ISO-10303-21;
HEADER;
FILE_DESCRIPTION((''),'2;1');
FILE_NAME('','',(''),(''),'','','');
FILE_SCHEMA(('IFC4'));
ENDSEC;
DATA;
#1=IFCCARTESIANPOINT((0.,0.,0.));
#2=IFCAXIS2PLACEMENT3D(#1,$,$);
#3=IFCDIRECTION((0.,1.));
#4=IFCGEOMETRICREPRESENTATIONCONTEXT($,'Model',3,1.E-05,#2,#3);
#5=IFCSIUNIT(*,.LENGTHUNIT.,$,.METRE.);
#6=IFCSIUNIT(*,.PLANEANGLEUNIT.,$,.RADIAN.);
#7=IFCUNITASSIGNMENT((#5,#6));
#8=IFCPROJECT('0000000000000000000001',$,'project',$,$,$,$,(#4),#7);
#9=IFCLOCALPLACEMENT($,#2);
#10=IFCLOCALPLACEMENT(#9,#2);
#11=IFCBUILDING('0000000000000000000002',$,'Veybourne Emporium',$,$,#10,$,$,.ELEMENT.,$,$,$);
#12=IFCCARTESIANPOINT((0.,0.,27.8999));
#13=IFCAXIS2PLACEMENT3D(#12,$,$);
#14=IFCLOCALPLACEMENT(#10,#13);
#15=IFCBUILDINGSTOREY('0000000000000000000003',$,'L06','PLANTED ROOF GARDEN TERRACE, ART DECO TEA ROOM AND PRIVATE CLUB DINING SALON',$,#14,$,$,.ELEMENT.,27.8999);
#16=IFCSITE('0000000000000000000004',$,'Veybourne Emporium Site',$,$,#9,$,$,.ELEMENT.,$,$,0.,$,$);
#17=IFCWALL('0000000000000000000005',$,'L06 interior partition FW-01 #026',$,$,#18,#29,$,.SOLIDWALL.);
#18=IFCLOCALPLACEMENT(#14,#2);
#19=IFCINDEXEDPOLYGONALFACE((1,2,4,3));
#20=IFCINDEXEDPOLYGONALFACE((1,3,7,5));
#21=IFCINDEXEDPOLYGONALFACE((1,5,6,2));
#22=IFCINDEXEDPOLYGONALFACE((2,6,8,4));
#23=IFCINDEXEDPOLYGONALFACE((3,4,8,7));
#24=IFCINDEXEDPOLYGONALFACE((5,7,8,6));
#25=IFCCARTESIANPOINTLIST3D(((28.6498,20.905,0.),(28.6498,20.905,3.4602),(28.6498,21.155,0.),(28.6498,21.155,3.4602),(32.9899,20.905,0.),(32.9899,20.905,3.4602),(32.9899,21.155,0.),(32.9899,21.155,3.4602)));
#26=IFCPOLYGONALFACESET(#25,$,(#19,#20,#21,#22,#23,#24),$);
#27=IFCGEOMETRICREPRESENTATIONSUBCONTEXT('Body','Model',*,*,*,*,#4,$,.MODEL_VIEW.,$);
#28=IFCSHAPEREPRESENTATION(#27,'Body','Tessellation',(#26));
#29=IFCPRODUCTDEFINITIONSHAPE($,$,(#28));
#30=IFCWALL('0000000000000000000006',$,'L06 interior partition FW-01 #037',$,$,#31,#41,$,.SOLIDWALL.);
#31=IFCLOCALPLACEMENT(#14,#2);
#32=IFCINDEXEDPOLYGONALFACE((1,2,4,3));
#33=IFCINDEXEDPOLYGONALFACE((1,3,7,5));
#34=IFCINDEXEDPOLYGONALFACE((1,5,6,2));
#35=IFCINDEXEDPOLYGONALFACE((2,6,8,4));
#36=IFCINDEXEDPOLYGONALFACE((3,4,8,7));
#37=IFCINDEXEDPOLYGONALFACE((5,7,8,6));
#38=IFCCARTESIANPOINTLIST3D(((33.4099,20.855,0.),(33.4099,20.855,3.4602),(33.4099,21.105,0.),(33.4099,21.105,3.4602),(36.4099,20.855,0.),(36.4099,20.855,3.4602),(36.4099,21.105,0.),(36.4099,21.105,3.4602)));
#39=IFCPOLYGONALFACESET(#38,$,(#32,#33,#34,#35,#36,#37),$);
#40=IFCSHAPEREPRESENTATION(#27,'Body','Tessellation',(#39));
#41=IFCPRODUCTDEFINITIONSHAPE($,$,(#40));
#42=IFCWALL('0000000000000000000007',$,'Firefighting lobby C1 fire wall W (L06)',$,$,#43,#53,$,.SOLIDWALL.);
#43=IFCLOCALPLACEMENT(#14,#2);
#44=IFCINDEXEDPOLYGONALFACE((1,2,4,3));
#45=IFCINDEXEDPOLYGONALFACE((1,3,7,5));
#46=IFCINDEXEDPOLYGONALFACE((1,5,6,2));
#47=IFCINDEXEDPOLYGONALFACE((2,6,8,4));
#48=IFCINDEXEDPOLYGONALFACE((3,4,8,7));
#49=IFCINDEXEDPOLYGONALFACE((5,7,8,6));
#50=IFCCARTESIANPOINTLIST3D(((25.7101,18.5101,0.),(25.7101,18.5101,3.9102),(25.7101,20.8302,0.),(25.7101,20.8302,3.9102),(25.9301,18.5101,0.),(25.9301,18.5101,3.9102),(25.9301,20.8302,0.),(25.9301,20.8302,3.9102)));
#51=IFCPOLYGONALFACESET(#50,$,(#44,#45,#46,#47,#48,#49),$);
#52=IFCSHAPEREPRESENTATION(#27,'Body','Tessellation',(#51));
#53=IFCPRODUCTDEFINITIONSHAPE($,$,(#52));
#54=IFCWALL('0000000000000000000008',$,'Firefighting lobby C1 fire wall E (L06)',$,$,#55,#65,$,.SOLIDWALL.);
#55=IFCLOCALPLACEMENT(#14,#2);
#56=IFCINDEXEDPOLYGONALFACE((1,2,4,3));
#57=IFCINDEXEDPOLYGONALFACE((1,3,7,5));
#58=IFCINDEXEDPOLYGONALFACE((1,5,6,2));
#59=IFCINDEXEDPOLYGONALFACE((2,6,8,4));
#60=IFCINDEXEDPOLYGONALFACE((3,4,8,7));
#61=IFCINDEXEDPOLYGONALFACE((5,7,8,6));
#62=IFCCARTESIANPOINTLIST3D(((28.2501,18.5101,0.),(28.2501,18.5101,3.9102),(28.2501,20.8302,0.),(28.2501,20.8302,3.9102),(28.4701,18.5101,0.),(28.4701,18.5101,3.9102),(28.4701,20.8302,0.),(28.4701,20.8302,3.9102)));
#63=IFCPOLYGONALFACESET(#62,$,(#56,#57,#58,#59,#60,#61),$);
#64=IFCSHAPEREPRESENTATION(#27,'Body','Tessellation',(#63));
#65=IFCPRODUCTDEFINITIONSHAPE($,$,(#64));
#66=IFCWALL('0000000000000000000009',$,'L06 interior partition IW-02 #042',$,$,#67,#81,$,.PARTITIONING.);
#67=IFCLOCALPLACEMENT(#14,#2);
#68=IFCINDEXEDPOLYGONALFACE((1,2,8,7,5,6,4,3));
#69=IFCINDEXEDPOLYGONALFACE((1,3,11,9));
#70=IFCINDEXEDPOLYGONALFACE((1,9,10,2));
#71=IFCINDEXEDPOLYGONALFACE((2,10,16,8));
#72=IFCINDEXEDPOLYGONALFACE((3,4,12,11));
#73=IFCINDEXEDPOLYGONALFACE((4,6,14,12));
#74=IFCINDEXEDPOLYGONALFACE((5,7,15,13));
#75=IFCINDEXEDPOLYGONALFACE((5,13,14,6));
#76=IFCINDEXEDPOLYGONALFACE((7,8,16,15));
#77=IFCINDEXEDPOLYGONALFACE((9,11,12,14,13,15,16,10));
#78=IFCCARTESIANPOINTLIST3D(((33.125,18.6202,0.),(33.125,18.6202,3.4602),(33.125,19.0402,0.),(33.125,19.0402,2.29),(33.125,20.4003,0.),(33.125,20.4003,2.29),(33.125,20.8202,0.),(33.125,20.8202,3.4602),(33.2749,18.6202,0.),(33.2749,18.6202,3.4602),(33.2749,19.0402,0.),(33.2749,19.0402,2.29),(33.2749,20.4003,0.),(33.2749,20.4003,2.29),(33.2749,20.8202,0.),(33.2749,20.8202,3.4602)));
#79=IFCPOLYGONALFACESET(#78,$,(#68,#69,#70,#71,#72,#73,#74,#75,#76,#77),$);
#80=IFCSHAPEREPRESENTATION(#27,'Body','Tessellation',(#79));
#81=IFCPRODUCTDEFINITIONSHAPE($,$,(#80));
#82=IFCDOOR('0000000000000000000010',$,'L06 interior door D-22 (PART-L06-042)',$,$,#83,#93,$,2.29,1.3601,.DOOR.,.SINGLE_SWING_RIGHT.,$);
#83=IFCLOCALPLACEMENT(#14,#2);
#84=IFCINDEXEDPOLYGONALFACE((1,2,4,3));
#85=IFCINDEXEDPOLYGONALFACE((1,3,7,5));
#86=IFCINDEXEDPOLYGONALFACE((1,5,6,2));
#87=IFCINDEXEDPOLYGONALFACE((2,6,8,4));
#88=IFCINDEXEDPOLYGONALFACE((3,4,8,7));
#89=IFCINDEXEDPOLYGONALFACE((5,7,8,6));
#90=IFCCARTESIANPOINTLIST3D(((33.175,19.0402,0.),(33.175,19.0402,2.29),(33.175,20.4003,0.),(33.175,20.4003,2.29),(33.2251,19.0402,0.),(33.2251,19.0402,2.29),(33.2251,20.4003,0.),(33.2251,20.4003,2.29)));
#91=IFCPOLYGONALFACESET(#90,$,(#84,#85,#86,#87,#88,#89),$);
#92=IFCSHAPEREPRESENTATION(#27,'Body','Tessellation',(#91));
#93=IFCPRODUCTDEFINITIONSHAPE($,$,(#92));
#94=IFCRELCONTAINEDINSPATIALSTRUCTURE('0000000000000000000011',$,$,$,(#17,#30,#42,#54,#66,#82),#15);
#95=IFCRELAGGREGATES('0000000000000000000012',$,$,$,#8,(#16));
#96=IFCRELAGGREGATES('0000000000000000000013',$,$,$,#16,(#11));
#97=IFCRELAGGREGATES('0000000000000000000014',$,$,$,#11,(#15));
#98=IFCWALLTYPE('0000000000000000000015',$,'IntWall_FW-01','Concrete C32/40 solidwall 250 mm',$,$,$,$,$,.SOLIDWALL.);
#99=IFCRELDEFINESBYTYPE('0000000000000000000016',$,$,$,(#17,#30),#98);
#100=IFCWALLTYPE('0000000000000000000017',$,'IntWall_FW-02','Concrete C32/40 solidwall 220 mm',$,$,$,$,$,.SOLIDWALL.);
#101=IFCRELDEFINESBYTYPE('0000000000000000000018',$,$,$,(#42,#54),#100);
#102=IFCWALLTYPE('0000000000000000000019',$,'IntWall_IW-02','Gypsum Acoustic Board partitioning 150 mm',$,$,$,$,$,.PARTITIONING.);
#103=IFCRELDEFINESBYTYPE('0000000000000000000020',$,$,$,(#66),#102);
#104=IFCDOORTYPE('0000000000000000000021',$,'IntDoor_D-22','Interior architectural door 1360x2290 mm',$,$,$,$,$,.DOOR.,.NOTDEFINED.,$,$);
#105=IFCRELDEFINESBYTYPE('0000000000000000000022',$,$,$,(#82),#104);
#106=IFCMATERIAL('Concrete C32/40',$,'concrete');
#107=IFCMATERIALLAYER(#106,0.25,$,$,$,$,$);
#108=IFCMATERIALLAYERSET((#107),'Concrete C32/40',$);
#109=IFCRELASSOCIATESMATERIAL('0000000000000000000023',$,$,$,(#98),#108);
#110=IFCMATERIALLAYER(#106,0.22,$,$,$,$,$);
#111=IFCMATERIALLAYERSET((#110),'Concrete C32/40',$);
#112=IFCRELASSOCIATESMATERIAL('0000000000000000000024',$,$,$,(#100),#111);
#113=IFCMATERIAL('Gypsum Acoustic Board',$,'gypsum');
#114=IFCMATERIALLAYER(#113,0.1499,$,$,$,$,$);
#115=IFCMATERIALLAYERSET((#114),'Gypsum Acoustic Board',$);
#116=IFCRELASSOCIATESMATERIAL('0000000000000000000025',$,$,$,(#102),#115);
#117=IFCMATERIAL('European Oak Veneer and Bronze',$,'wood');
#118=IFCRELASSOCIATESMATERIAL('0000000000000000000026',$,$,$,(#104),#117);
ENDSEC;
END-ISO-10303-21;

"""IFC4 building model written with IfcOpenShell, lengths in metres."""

from ifc_helpers import new_model, si_unit, direction, frame, frame_2d, origin, place, context, subcontext, project, spatial, rectangle, extrude, material, layer, layer_set, type_object, element, fill, save


model = new_model("IFC4")

# Units and contexts
model_context = context("Model", 3, precision=1e-05, world=origin(), true_north=direction((0.0, 1.0)))
body_context = subcontext(model_context, "Body", "Model", "MODEL_VIEW")
ifc_project = project(units=[si_unit("LENGTHUNIT", "METRE"), si_unit("PLANEANGLEUNIT", "RADIAN")], contexts=[model_context])

# Site, building, storey
site_placement = place(None, origin())
site = spatial("IfcSite", under=ifc_project, at=site_placement, Name="Veybourne Emporium Site", CompositionType="ELEMENT", RefElevation=0.0)
building_placement = place(site_placement, origin())
building = spatial("IfcBuilding", under=site, at=building_placement, Name="Veybourne Emporium", CompositionType="ELEMENT")
storey_placement = place(building_placement, frame((0.0, 0.0, 27.8999)))
storey = spatial("IfcBuildingStorey", under=building, at=storey_placement, Name="L06", Description="PLANTED ROOF GARDEN TERRACE, ART DECO TEA ROOM AND PRIVATE CLUB DINING SALON", CompositionType="ELEMENT", Elevation=27.8999)

# Shared definitions
ifc_material_1 = material(Name="Concrete C32/40", Category="concrete")

# Wall
ifc_layer_1 = layer(ifc_material_1, 0.25)
ifc_layer_set_1 = layer_set([ifc_layer_1], Name="Concrete C32/40")
wall_type_1 = type_object("IfcWallType", Name="IntWall_FW-01", Description="Concrete C32/40 solidwall 250 mm", PredefinedType="SOLIDWALL", material=ifc_layer_set_1)
wall_1_placement = place(storey_placement, frame((28.6499, 21.03, 0.0), z_axis=(0.0, 0.0, 1.0), x_axis=(1.0, 0.0, 0.0)))
element("IfcWall", 1, at=wall_1_placement, inside=storey, type_object=wall_type_1, Name="L06 interior partition FW-01 #026", PredefinedType="SOLIDWALL", context=body_context, shape_type="SweptSolid", body=[
    extrude(rectangle(XDim=4.3401, YDim=0.25, at=frame_2d((2.1699, 0.0))), origin(), (0.0, 0.0, 1.0), 3.4602),
])

# Wall
wall_2_placement = place(storey_placement, frame((33.4099, 20.98, 0.0), z_axis=(0.0, 0.0, 1.0), x_axis=(1.0, 0.0, 0.0)))
element("IfcWall", 2, at=wall_2_placement, inside=storey, type_object=wall_type_1, Name="L06 interior partition FW-01 #037", PredefinedType="SOLIDWALL", context=body_context, shape_type="SweptSolid", body=[
    extrude(rectangle(XDim=3.0, YDim=0.25, at=frame_2d((1.5, 0.0))), origin(), (0.0, 0.0, 1.0), 3.4602),
])

# Shared definitions
ifc_layer_2 = layer(ifc_material_1, 0.22)
ifc_layer_set_2 = layer_set([ifc_layer_2], Name="Concrete C32/40")
wall_type_2 = type_object("IfcWallType", Name="IntWall_FW-02", Description="Concrete C32/40 solidwall 220 mm", PredefinedType="SOLIDWALL", material=ifc_layer_set_2)

# Walls
for number, where, z_axis, x_axis, name in (
    (3, (25.8201, 18.51, 0.0), (0.0, 0.0, 1.0), (0.0, 1.0, 0.0), "Firefighting lobby C1 fire wall W (L06)"),
    (4, (28.3601, 18.51, 0.0), (0.0, 0.0, 1.0), (0.0, 1.0, 0.0), "Firefighting lobby C1 fire wall E (L06)"),
):
    element("IfcWall", number, at=place(storey_placement, frame(where, z_axis=z_axis, x_axis=x_axis)), inside=storey, type_object=wall_type_2, Name=name, PredefinedType="SOLIDWALL", context=body_context, shape_type="SweptSolid", body=[
        extrude(rectangle(XDim=2.3201, YDim=0.22, at=frame_2d((1.1602, 0.0))), origin(), (0.0, 0.0, 1.0), 3.9102),
    ])

# Wall, opening, door
ifc_material_2 = material(Name="Gypsum Acoustic Board", Category="gypsum")
ifc_layer_3 = layer(ifc_material_2, 0.1499)
ifc_layer_set_3 = layer_set([ifc_layer_3], Name="Gypsum Acoustic Board")
wall_type_3 = type_object("IfcWallType", Name="IntWall_IW-02", Description="Gypsum Acoustic Board partitioning 150 mm", PredefinedType="PARTITIONING", material=ifc_layer_set_3)
wall_3_placement = place(storey_placement, frame((33.2, 18.6201, 0.0), z_axis=(0.0, 0.0, 1.0), x_axis=(0.0, 1.0, 0.0)))
wall_3 = element("IfcWall", 5, at=wall_3_placement, inside=storey, type_object=wall_type_3, Name="L06 interior partition IW-02 #042", PredefinedType="PARTITIONING", context=body_context, shape_type="SweptSolid", body=[
    extrude(rectangle(XDim=2.2, YDim=0.1499, at=frame_2d((1.1001, 0.0))), origin(), (0.0, 0.0, 1.0), 3.4602),
])
opening_1_placement = place(wall_3_placement, frame((0.4199, 0.0, 0.0)))
opening_1 = element("IfcOpeningElement", 6, at=opening_1_placement, cuts=wall_3, PredefinedType="OPENING", context=body_context, shape_type="SweptSolid", body=[
    extrude(rectangle(XDim=1.3601, YDim=2.29, at=frame_2d((0.6802, 1.145))), frame((0.0, 0.095, 0.0), z_axis=(0.0, -1.0, 0.0), x_axis=(1.0, 0.0, 0.0)), (0.0, 0.0, 1.0), 0.1899),
])
ifc_material_3 = material(Name="European Oak Veneer and Bronze", Category="wood")
door_type_1 = type_object("IfcDoorType", Name="IntDoor_D-22", Description="Interior architectural door 1360x2290 mm", OperationType="NOTDEFINED", PredefinedType="DOOR", material=ifc_material_3)
door_1_placement = place(opening_1_placement, origin())
door_1 = element("IfcDoor", 7, at=door_1_placement, inside=storey, type_object=door_type_1, Name="L06 interior door D-22 (PART-L06-042)", OperationType="SINGLE_SWING_RIGHT", OverallHeight=2.29, OverallWidth=1.3601, PredefinedType="DOOR", context=body_context, shape_type="SweptSolid", body=[
    extrude(rectangle(XDim=1.3601, YDim=2.29, at=frame_2d((0.6802, 1.145))), frame((0.0, 0.0249, 0.0), z_axis=(0.0, -1.0, 0.0), x_axis=(1.0, 0.0, 0.0)), (0.0, 0.0, 1.0), 0.05),
])
fill(opening_1, door_1)

save(model, "model.ifc")
